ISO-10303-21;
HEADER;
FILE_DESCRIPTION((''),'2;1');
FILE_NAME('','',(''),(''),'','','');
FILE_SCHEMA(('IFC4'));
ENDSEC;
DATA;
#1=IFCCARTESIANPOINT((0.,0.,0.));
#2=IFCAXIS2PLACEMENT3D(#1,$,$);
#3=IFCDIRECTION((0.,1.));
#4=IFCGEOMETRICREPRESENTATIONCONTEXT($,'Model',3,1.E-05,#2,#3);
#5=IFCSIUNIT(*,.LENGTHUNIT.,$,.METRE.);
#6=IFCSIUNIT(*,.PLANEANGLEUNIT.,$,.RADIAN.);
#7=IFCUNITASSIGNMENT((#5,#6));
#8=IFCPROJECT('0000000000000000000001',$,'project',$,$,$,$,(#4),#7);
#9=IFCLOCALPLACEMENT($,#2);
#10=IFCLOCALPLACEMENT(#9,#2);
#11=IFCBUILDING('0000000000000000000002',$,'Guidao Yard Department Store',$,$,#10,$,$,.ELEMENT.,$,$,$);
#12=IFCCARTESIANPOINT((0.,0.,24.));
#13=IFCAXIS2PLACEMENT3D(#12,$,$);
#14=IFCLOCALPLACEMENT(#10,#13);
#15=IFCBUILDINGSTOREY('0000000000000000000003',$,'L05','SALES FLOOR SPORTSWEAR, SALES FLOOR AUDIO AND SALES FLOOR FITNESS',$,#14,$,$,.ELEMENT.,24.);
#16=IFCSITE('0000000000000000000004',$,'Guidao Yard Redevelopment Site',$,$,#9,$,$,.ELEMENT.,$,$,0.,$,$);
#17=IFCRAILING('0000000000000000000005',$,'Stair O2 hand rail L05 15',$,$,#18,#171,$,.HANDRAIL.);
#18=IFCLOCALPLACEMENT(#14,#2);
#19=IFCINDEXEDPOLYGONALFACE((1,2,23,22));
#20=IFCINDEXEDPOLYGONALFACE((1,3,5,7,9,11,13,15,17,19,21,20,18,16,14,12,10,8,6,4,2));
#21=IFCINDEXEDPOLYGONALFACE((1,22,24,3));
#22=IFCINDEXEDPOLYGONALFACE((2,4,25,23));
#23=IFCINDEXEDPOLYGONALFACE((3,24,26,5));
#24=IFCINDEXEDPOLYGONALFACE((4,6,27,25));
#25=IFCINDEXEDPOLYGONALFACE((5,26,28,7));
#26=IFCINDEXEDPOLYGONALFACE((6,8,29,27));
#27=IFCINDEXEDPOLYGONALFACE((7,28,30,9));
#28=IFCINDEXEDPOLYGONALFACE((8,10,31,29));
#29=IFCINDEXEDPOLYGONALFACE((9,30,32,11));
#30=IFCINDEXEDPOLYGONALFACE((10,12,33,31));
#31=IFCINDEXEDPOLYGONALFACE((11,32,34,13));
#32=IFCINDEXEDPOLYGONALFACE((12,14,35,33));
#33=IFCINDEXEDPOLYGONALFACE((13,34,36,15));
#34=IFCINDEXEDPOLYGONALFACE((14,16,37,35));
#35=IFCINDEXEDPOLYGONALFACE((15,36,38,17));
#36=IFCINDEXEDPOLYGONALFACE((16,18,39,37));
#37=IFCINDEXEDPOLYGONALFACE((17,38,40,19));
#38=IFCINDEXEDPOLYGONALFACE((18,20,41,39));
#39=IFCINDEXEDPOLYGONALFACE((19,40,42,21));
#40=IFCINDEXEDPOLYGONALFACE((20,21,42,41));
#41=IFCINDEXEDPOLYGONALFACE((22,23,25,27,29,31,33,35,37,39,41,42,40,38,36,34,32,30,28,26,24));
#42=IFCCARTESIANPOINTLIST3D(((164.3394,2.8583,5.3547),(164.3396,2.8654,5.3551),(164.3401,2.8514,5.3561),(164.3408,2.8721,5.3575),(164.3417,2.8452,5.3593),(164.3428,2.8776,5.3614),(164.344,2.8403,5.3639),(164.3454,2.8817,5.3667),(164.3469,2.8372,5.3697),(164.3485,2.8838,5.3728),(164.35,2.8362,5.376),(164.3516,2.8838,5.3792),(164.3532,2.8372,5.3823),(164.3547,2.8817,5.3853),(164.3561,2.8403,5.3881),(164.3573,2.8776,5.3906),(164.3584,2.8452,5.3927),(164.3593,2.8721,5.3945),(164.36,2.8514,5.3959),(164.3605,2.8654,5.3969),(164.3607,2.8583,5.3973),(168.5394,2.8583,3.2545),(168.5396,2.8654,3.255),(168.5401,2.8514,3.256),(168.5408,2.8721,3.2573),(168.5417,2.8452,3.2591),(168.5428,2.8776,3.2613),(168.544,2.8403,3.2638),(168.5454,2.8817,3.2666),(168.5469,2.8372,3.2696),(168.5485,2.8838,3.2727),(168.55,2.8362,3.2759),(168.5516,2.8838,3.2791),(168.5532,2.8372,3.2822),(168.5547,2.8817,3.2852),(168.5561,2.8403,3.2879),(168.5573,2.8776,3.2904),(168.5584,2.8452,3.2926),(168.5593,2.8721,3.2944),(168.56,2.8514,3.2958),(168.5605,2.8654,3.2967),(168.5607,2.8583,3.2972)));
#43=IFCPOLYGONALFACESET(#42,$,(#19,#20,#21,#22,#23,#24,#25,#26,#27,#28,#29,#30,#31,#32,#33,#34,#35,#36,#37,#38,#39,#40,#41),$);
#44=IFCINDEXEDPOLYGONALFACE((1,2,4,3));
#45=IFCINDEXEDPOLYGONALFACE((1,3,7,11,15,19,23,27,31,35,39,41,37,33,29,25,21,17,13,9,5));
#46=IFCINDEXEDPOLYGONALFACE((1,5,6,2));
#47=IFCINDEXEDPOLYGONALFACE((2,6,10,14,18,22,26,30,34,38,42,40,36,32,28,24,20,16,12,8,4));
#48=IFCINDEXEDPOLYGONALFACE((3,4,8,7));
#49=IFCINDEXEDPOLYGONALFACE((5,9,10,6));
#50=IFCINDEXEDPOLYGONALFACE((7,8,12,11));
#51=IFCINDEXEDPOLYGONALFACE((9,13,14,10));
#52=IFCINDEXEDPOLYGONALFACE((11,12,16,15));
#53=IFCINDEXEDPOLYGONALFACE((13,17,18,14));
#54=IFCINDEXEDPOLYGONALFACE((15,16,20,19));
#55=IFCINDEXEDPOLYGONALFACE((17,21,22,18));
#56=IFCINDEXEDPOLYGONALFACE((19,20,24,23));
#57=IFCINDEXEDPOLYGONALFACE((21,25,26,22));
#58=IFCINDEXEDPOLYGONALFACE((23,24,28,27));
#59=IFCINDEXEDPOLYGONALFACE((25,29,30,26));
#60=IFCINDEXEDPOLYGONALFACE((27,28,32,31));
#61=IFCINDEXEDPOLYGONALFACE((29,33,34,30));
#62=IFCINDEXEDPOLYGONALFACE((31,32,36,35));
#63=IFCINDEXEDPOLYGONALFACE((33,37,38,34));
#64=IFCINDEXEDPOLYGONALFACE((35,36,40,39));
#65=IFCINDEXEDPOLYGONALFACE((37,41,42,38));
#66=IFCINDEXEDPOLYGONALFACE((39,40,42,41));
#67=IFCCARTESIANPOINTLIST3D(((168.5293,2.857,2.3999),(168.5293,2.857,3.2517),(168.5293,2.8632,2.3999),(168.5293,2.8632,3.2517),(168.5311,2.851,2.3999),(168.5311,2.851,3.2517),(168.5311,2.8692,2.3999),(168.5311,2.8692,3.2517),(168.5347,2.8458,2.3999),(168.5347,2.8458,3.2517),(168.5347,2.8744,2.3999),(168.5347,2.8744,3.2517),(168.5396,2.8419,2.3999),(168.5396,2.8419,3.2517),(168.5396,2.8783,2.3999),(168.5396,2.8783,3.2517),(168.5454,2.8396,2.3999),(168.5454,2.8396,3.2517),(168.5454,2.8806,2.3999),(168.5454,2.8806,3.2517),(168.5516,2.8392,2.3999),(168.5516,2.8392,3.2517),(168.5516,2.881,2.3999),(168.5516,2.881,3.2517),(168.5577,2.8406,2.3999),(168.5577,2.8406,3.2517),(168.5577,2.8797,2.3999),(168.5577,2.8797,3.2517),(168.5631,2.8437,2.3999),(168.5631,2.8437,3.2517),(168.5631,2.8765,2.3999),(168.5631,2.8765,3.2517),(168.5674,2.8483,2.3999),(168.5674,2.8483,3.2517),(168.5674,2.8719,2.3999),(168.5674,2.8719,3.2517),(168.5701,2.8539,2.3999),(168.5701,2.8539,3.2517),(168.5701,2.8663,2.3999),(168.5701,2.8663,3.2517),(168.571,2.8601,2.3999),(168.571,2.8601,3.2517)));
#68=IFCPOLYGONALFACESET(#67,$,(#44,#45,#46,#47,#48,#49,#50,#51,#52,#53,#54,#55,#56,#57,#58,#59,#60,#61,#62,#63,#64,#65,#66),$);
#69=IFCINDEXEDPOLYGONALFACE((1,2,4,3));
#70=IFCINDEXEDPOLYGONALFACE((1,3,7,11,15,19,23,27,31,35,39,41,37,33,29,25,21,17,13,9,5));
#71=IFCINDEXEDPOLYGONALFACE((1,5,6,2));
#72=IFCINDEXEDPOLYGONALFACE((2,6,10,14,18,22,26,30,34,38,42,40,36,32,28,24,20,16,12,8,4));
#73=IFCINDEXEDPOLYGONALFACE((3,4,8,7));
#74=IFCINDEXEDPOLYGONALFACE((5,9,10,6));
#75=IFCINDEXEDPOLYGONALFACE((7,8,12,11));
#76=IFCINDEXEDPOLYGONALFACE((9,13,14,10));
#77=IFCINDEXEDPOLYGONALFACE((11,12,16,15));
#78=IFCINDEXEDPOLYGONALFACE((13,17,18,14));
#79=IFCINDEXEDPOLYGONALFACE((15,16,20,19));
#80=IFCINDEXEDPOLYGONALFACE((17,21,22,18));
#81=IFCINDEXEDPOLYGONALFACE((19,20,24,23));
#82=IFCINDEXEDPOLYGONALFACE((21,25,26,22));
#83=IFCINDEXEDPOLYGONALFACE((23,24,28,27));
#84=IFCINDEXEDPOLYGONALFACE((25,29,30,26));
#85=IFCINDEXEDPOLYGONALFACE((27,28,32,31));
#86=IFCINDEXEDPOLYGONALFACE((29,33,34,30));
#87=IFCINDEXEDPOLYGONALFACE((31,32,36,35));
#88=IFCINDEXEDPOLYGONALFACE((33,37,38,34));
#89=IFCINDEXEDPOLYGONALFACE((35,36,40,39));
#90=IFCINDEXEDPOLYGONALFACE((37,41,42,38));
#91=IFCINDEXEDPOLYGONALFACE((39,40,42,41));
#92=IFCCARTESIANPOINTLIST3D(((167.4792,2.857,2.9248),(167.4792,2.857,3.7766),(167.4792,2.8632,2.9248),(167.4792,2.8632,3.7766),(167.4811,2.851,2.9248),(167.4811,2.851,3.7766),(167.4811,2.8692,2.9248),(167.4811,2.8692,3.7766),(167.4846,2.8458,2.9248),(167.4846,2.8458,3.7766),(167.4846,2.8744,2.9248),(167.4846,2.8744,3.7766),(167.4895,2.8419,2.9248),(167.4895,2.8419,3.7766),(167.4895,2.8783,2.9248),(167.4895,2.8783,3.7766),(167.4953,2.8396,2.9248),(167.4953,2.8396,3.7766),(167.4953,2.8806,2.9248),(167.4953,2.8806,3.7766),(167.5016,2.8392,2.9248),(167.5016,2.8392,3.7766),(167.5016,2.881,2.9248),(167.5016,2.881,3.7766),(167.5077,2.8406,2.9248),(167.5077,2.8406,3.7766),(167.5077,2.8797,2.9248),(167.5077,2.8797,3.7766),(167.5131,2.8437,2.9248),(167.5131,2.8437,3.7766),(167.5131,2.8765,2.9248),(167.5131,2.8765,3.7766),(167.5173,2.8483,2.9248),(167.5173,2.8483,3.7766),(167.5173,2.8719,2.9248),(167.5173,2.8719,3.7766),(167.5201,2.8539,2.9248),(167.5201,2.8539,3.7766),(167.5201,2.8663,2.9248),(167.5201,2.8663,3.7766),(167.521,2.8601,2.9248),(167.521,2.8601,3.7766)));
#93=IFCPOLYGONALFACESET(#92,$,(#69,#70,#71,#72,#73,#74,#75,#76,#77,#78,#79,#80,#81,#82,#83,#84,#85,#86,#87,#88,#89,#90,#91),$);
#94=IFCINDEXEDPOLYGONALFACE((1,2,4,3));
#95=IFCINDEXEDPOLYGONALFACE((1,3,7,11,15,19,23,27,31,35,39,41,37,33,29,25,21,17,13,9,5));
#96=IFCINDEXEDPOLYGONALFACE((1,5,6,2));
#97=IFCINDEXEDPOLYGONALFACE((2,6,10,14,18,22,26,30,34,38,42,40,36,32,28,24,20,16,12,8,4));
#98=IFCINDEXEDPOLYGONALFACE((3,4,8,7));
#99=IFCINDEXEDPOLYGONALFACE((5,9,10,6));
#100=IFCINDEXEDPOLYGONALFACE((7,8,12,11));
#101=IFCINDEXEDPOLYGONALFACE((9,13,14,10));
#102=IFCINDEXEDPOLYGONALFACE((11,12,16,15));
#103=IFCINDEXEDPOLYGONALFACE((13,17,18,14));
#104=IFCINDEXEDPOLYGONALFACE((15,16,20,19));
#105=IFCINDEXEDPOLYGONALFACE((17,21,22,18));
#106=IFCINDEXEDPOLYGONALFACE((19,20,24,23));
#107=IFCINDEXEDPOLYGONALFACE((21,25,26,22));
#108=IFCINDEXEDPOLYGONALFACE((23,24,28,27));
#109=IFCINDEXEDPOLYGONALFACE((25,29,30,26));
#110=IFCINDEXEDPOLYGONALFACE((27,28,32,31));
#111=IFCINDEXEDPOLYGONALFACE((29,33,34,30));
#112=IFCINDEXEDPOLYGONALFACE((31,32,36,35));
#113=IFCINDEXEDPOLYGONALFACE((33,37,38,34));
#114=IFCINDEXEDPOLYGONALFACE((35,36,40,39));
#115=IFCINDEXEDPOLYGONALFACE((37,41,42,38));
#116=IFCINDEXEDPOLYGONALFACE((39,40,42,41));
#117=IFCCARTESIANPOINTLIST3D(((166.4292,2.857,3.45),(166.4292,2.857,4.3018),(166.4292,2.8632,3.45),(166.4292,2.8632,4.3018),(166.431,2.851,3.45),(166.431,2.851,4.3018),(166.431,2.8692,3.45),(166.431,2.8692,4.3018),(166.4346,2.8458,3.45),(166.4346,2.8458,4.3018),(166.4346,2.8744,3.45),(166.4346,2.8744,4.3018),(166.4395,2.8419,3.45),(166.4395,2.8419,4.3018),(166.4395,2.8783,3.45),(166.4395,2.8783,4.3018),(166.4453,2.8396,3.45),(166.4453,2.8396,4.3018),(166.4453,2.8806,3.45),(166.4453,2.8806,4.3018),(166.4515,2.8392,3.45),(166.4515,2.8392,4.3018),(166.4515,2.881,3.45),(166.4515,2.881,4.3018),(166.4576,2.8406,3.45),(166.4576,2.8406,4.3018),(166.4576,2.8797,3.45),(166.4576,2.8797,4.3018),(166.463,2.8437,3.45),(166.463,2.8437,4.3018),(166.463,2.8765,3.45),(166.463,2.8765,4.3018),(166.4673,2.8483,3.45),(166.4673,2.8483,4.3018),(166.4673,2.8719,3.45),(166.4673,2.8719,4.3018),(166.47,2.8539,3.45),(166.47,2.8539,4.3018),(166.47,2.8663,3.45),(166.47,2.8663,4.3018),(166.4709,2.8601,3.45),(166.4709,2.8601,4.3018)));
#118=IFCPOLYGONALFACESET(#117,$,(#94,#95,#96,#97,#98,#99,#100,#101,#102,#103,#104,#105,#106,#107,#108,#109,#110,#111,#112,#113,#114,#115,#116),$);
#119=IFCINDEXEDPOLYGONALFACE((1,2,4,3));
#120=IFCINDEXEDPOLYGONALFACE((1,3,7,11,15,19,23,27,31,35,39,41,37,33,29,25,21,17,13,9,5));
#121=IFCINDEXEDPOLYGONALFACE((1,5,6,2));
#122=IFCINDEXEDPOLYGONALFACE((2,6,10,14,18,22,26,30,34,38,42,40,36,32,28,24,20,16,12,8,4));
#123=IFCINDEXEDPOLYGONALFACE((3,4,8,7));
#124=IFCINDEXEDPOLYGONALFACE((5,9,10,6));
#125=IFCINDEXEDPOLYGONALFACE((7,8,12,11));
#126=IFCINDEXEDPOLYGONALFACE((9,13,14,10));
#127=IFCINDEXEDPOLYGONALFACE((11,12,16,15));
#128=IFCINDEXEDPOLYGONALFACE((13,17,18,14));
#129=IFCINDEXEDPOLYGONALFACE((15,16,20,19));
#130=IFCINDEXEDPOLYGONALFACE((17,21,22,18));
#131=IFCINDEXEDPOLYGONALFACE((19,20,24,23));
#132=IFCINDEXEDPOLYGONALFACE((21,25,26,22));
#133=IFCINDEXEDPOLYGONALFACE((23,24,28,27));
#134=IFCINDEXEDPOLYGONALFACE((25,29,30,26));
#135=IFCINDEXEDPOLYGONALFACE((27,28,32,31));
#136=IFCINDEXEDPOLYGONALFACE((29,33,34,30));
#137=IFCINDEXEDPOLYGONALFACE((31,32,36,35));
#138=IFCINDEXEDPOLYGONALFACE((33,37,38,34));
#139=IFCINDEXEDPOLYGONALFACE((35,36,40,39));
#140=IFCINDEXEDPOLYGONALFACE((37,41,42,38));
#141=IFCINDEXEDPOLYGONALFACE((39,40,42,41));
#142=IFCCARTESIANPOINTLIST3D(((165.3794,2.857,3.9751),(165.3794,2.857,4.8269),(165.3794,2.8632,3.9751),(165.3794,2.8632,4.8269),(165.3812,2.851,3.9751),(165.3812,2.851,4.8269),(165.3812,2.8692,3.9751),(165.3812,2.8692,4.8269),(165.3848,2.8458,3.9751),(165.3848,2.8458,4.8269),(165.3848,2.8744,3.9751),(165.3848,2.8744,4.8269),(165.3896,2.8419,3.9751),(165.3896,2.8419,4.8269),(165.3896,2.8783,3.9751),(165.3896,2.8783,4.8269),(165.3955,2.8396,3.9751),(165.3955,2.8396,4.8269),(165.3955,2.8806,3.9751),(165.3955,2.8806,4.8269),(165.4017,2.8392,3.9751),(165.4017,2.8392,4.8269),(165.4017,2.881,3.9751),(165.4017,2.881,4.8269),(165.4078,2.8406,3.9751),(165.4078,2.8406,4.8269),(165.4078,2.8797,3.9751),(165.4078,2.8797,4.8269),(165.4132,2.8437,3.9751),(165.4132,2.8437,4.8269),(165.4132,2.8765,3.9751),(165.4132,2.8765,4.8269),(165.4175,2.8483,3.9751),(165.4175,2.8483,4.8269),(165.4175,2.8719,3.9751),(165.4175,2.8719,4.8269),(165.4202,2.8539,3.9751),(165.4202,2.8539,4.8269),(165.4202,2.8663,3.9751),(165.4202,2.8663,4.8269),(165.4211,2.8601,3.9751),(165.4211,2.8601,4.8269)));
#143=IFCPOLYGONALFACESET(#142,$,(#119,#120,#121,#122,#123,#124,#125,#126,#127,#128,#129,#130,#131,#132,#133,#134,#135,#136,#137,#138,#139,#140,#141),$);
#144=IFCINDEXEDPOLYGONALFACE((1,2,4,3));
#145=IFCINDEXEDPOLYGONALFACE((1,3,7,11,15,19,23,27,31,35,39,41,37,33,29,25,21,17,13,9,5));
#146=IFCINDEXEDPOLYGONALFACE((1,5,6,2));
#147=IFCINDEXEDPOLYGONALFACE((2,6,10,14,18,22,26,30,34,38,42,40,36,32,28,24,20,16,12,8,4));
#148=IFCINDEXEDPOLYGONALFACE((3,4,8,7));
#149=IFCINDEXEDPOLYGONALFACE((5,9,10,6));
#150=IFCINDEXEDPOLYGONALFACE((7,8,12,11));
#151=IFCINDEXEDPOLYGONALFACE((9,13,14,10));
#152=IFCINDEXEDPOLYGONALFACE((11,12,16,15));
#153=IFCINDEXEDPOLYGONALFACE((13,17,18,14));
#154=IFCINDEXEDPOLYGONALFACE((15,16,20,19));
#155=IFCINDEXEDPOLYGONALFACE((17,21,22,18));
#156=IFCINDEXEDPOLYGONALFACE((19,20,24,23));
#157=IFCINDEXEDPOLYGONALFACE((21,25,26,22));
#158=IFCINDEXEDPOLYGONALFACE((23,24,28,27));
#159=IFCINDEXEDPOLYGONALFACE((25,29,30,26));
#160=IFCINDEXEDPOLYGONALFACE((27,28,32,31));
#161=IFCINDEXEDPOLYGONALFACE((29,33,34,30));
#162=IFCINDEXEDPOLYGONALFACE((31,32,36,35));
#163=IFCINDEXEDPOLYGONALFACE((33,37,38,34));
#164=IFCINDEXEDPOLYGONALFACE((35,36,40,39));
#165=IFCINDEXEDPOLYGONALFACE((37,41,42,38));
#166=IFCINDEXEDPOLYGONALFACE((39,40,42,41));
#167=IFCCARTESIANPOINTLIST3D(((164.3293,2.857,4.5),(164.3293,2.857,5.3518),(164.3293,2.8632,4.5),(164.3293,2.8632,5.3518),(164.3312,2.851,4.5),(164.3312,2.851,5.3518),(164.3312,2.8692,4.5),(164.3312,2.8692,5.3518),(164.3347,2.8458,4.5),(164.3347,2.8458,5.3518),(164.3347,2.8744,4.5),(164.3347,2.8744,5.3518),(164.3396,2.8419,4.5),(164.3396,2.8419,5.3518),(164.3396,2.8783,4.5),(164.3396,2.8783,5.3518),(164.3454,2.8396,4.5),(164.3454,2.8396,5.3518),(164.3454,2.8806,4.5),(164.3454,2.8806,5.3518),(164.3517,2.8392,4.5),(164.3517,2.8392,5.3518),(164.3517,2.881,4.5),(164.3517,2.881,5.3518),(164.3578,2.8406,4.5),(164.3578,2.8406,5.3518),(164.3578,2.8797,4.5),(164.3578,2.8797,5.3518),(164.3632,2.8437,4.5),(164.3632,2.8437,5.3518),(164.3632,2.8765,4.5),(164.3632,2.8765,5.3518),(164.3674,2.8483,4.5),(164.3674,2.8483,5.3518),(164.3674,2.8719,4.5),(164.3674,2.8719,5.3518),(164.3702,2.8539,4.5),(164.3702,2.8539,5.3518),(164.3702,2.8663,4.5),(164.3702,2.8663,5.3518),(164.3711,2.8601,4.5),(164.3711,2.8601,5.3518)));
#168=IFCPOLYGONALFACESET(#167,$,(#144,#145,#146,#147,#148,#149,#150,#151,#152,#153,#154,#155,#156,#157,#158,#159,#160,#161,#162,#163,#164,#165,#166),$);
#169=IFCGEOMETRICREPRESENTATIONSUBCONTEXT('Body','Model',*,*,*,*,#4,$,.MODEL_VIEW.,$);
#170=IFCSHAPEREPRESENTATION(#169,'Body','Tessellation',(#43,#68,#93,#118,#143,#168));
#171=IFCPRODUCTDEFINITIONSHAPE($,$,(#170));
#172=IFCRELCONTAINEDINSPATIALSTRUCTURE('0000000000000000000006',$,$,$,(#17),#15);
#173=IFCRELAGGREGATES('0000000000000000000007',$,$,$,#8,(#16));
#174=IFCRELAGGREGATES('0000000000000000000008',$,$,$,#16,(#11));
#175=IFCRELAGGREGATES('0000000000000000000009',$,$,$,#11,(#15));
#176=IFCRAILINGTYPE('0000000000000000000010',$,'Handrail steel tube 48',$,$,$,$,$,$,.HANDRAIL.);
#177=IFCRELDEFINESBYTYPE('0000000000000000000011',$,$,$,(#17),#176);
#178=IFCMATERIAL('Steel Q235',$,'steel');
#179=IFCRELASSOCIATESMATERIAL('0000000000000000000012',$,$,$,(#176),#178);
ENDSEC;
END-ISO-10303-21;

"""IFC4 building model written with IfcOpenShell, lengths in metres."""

from ifc_helpers import new_model, si_unit, direction, frame, origin, origin_2d, place, context, subcontext, project, spatial, circle, extrude, material, type_object, element, save


model = new_model("IFC4")

# Units and contexts
model_context = context("Model", 3, precision=1e-05, world=origin(), true_north=direction((0.0, 1.0)))
body_context = subcontext(model_context, "Body", "Model", "MODEL_VIEW")
ifc_project = project(units=[si_unit("LENGTHUNIT", "METRE"), si_unit("PLANEANGLEUNIT", "RADIAN")], contexts=[model_context])

# Site, building, storey
site_placement = place(None, origin())
site = spatial("IfcSite", under=ifc_project, at=site_placement, Name="Guidao Yard Redevelopment Site", CompositionType="ELEMENT", RefElevation=0.0)
building_placement = place(site_placement, origin())
building = spatial("IfcBuilding", under=site, at=building_placement, Name="Guidao Yard Department Store", CompositionType="ELEMENT")
storey_placement = place(building_placement, frame((0.0, 0.0, 24.0)))
storey = spatial("IfcBuildingStorey", under=building, at=storey_placement, Name="L05", Description="SALES FLOOR SPORTSWEAR, SALES FLOOR AUDIO AND SALES FLOOR FITNESS", CompositionType="ELEMENT", Elevation=24.0)

# Railing
ifc_material_1 = material(Name="Steel Q235", Category="steel")
railing_type_1 = type_object("IfcRailingType", Name="Handrail steel tube 48", PredefinedType="HANDRAIL", material=ifc_material_1)
for number, where, name in (
    (1, (168.55, 2.8601, 2.3999), "Stair O2 hand rail L05 15"),
):
    element("IfcRailing", number, at=place(storey_placement, frame(where)), inside=storey, type_object=railing_type_1, Name=name, PredefinedType="HANDRAIL", context=body_context, shape_type="SweptSolid", body=[
        extrude(circle(Radius=0.0239, at=origin_2d()), frame((0.0, 0.0, 0.876), z_axis=(-0.894417, 0.0, 0.447234), x_axis=(0.0, -1.0, 0.0)), (0.0, 0.0, 1.0), 4.6958),
        extrude(circle(Radius=0.021, at=origin_2d()), origin(), (0.0, 0.0, 1.0), 0.8518),
        extrude(circle(Radius=0.021, at=origin_2d()), frame((-1.05, 0.0, 0.5249)), (0.0, 0.0, 1.0), 0.8518),
        extrude(circle(Radius=0.021, at=origin_2d()), frame((-2.1001, 0.0, 1.05)), (0.0, 0.0, 1.0), 0.8518),
        extrude(circle(Radius=0.021, at=origin_2d()), frame((-3.1499, 0.0, 1.5752)), (0.0, 0.0, 1.0), 0.8518),
        extrude(circle(Radius=0.021, at=origin_2d()), frame((-4.2, 0.0, 2.1001)), (0.0, 0.0, 1.0), 0.8518),
    ])

save(model, "model.ifc")
